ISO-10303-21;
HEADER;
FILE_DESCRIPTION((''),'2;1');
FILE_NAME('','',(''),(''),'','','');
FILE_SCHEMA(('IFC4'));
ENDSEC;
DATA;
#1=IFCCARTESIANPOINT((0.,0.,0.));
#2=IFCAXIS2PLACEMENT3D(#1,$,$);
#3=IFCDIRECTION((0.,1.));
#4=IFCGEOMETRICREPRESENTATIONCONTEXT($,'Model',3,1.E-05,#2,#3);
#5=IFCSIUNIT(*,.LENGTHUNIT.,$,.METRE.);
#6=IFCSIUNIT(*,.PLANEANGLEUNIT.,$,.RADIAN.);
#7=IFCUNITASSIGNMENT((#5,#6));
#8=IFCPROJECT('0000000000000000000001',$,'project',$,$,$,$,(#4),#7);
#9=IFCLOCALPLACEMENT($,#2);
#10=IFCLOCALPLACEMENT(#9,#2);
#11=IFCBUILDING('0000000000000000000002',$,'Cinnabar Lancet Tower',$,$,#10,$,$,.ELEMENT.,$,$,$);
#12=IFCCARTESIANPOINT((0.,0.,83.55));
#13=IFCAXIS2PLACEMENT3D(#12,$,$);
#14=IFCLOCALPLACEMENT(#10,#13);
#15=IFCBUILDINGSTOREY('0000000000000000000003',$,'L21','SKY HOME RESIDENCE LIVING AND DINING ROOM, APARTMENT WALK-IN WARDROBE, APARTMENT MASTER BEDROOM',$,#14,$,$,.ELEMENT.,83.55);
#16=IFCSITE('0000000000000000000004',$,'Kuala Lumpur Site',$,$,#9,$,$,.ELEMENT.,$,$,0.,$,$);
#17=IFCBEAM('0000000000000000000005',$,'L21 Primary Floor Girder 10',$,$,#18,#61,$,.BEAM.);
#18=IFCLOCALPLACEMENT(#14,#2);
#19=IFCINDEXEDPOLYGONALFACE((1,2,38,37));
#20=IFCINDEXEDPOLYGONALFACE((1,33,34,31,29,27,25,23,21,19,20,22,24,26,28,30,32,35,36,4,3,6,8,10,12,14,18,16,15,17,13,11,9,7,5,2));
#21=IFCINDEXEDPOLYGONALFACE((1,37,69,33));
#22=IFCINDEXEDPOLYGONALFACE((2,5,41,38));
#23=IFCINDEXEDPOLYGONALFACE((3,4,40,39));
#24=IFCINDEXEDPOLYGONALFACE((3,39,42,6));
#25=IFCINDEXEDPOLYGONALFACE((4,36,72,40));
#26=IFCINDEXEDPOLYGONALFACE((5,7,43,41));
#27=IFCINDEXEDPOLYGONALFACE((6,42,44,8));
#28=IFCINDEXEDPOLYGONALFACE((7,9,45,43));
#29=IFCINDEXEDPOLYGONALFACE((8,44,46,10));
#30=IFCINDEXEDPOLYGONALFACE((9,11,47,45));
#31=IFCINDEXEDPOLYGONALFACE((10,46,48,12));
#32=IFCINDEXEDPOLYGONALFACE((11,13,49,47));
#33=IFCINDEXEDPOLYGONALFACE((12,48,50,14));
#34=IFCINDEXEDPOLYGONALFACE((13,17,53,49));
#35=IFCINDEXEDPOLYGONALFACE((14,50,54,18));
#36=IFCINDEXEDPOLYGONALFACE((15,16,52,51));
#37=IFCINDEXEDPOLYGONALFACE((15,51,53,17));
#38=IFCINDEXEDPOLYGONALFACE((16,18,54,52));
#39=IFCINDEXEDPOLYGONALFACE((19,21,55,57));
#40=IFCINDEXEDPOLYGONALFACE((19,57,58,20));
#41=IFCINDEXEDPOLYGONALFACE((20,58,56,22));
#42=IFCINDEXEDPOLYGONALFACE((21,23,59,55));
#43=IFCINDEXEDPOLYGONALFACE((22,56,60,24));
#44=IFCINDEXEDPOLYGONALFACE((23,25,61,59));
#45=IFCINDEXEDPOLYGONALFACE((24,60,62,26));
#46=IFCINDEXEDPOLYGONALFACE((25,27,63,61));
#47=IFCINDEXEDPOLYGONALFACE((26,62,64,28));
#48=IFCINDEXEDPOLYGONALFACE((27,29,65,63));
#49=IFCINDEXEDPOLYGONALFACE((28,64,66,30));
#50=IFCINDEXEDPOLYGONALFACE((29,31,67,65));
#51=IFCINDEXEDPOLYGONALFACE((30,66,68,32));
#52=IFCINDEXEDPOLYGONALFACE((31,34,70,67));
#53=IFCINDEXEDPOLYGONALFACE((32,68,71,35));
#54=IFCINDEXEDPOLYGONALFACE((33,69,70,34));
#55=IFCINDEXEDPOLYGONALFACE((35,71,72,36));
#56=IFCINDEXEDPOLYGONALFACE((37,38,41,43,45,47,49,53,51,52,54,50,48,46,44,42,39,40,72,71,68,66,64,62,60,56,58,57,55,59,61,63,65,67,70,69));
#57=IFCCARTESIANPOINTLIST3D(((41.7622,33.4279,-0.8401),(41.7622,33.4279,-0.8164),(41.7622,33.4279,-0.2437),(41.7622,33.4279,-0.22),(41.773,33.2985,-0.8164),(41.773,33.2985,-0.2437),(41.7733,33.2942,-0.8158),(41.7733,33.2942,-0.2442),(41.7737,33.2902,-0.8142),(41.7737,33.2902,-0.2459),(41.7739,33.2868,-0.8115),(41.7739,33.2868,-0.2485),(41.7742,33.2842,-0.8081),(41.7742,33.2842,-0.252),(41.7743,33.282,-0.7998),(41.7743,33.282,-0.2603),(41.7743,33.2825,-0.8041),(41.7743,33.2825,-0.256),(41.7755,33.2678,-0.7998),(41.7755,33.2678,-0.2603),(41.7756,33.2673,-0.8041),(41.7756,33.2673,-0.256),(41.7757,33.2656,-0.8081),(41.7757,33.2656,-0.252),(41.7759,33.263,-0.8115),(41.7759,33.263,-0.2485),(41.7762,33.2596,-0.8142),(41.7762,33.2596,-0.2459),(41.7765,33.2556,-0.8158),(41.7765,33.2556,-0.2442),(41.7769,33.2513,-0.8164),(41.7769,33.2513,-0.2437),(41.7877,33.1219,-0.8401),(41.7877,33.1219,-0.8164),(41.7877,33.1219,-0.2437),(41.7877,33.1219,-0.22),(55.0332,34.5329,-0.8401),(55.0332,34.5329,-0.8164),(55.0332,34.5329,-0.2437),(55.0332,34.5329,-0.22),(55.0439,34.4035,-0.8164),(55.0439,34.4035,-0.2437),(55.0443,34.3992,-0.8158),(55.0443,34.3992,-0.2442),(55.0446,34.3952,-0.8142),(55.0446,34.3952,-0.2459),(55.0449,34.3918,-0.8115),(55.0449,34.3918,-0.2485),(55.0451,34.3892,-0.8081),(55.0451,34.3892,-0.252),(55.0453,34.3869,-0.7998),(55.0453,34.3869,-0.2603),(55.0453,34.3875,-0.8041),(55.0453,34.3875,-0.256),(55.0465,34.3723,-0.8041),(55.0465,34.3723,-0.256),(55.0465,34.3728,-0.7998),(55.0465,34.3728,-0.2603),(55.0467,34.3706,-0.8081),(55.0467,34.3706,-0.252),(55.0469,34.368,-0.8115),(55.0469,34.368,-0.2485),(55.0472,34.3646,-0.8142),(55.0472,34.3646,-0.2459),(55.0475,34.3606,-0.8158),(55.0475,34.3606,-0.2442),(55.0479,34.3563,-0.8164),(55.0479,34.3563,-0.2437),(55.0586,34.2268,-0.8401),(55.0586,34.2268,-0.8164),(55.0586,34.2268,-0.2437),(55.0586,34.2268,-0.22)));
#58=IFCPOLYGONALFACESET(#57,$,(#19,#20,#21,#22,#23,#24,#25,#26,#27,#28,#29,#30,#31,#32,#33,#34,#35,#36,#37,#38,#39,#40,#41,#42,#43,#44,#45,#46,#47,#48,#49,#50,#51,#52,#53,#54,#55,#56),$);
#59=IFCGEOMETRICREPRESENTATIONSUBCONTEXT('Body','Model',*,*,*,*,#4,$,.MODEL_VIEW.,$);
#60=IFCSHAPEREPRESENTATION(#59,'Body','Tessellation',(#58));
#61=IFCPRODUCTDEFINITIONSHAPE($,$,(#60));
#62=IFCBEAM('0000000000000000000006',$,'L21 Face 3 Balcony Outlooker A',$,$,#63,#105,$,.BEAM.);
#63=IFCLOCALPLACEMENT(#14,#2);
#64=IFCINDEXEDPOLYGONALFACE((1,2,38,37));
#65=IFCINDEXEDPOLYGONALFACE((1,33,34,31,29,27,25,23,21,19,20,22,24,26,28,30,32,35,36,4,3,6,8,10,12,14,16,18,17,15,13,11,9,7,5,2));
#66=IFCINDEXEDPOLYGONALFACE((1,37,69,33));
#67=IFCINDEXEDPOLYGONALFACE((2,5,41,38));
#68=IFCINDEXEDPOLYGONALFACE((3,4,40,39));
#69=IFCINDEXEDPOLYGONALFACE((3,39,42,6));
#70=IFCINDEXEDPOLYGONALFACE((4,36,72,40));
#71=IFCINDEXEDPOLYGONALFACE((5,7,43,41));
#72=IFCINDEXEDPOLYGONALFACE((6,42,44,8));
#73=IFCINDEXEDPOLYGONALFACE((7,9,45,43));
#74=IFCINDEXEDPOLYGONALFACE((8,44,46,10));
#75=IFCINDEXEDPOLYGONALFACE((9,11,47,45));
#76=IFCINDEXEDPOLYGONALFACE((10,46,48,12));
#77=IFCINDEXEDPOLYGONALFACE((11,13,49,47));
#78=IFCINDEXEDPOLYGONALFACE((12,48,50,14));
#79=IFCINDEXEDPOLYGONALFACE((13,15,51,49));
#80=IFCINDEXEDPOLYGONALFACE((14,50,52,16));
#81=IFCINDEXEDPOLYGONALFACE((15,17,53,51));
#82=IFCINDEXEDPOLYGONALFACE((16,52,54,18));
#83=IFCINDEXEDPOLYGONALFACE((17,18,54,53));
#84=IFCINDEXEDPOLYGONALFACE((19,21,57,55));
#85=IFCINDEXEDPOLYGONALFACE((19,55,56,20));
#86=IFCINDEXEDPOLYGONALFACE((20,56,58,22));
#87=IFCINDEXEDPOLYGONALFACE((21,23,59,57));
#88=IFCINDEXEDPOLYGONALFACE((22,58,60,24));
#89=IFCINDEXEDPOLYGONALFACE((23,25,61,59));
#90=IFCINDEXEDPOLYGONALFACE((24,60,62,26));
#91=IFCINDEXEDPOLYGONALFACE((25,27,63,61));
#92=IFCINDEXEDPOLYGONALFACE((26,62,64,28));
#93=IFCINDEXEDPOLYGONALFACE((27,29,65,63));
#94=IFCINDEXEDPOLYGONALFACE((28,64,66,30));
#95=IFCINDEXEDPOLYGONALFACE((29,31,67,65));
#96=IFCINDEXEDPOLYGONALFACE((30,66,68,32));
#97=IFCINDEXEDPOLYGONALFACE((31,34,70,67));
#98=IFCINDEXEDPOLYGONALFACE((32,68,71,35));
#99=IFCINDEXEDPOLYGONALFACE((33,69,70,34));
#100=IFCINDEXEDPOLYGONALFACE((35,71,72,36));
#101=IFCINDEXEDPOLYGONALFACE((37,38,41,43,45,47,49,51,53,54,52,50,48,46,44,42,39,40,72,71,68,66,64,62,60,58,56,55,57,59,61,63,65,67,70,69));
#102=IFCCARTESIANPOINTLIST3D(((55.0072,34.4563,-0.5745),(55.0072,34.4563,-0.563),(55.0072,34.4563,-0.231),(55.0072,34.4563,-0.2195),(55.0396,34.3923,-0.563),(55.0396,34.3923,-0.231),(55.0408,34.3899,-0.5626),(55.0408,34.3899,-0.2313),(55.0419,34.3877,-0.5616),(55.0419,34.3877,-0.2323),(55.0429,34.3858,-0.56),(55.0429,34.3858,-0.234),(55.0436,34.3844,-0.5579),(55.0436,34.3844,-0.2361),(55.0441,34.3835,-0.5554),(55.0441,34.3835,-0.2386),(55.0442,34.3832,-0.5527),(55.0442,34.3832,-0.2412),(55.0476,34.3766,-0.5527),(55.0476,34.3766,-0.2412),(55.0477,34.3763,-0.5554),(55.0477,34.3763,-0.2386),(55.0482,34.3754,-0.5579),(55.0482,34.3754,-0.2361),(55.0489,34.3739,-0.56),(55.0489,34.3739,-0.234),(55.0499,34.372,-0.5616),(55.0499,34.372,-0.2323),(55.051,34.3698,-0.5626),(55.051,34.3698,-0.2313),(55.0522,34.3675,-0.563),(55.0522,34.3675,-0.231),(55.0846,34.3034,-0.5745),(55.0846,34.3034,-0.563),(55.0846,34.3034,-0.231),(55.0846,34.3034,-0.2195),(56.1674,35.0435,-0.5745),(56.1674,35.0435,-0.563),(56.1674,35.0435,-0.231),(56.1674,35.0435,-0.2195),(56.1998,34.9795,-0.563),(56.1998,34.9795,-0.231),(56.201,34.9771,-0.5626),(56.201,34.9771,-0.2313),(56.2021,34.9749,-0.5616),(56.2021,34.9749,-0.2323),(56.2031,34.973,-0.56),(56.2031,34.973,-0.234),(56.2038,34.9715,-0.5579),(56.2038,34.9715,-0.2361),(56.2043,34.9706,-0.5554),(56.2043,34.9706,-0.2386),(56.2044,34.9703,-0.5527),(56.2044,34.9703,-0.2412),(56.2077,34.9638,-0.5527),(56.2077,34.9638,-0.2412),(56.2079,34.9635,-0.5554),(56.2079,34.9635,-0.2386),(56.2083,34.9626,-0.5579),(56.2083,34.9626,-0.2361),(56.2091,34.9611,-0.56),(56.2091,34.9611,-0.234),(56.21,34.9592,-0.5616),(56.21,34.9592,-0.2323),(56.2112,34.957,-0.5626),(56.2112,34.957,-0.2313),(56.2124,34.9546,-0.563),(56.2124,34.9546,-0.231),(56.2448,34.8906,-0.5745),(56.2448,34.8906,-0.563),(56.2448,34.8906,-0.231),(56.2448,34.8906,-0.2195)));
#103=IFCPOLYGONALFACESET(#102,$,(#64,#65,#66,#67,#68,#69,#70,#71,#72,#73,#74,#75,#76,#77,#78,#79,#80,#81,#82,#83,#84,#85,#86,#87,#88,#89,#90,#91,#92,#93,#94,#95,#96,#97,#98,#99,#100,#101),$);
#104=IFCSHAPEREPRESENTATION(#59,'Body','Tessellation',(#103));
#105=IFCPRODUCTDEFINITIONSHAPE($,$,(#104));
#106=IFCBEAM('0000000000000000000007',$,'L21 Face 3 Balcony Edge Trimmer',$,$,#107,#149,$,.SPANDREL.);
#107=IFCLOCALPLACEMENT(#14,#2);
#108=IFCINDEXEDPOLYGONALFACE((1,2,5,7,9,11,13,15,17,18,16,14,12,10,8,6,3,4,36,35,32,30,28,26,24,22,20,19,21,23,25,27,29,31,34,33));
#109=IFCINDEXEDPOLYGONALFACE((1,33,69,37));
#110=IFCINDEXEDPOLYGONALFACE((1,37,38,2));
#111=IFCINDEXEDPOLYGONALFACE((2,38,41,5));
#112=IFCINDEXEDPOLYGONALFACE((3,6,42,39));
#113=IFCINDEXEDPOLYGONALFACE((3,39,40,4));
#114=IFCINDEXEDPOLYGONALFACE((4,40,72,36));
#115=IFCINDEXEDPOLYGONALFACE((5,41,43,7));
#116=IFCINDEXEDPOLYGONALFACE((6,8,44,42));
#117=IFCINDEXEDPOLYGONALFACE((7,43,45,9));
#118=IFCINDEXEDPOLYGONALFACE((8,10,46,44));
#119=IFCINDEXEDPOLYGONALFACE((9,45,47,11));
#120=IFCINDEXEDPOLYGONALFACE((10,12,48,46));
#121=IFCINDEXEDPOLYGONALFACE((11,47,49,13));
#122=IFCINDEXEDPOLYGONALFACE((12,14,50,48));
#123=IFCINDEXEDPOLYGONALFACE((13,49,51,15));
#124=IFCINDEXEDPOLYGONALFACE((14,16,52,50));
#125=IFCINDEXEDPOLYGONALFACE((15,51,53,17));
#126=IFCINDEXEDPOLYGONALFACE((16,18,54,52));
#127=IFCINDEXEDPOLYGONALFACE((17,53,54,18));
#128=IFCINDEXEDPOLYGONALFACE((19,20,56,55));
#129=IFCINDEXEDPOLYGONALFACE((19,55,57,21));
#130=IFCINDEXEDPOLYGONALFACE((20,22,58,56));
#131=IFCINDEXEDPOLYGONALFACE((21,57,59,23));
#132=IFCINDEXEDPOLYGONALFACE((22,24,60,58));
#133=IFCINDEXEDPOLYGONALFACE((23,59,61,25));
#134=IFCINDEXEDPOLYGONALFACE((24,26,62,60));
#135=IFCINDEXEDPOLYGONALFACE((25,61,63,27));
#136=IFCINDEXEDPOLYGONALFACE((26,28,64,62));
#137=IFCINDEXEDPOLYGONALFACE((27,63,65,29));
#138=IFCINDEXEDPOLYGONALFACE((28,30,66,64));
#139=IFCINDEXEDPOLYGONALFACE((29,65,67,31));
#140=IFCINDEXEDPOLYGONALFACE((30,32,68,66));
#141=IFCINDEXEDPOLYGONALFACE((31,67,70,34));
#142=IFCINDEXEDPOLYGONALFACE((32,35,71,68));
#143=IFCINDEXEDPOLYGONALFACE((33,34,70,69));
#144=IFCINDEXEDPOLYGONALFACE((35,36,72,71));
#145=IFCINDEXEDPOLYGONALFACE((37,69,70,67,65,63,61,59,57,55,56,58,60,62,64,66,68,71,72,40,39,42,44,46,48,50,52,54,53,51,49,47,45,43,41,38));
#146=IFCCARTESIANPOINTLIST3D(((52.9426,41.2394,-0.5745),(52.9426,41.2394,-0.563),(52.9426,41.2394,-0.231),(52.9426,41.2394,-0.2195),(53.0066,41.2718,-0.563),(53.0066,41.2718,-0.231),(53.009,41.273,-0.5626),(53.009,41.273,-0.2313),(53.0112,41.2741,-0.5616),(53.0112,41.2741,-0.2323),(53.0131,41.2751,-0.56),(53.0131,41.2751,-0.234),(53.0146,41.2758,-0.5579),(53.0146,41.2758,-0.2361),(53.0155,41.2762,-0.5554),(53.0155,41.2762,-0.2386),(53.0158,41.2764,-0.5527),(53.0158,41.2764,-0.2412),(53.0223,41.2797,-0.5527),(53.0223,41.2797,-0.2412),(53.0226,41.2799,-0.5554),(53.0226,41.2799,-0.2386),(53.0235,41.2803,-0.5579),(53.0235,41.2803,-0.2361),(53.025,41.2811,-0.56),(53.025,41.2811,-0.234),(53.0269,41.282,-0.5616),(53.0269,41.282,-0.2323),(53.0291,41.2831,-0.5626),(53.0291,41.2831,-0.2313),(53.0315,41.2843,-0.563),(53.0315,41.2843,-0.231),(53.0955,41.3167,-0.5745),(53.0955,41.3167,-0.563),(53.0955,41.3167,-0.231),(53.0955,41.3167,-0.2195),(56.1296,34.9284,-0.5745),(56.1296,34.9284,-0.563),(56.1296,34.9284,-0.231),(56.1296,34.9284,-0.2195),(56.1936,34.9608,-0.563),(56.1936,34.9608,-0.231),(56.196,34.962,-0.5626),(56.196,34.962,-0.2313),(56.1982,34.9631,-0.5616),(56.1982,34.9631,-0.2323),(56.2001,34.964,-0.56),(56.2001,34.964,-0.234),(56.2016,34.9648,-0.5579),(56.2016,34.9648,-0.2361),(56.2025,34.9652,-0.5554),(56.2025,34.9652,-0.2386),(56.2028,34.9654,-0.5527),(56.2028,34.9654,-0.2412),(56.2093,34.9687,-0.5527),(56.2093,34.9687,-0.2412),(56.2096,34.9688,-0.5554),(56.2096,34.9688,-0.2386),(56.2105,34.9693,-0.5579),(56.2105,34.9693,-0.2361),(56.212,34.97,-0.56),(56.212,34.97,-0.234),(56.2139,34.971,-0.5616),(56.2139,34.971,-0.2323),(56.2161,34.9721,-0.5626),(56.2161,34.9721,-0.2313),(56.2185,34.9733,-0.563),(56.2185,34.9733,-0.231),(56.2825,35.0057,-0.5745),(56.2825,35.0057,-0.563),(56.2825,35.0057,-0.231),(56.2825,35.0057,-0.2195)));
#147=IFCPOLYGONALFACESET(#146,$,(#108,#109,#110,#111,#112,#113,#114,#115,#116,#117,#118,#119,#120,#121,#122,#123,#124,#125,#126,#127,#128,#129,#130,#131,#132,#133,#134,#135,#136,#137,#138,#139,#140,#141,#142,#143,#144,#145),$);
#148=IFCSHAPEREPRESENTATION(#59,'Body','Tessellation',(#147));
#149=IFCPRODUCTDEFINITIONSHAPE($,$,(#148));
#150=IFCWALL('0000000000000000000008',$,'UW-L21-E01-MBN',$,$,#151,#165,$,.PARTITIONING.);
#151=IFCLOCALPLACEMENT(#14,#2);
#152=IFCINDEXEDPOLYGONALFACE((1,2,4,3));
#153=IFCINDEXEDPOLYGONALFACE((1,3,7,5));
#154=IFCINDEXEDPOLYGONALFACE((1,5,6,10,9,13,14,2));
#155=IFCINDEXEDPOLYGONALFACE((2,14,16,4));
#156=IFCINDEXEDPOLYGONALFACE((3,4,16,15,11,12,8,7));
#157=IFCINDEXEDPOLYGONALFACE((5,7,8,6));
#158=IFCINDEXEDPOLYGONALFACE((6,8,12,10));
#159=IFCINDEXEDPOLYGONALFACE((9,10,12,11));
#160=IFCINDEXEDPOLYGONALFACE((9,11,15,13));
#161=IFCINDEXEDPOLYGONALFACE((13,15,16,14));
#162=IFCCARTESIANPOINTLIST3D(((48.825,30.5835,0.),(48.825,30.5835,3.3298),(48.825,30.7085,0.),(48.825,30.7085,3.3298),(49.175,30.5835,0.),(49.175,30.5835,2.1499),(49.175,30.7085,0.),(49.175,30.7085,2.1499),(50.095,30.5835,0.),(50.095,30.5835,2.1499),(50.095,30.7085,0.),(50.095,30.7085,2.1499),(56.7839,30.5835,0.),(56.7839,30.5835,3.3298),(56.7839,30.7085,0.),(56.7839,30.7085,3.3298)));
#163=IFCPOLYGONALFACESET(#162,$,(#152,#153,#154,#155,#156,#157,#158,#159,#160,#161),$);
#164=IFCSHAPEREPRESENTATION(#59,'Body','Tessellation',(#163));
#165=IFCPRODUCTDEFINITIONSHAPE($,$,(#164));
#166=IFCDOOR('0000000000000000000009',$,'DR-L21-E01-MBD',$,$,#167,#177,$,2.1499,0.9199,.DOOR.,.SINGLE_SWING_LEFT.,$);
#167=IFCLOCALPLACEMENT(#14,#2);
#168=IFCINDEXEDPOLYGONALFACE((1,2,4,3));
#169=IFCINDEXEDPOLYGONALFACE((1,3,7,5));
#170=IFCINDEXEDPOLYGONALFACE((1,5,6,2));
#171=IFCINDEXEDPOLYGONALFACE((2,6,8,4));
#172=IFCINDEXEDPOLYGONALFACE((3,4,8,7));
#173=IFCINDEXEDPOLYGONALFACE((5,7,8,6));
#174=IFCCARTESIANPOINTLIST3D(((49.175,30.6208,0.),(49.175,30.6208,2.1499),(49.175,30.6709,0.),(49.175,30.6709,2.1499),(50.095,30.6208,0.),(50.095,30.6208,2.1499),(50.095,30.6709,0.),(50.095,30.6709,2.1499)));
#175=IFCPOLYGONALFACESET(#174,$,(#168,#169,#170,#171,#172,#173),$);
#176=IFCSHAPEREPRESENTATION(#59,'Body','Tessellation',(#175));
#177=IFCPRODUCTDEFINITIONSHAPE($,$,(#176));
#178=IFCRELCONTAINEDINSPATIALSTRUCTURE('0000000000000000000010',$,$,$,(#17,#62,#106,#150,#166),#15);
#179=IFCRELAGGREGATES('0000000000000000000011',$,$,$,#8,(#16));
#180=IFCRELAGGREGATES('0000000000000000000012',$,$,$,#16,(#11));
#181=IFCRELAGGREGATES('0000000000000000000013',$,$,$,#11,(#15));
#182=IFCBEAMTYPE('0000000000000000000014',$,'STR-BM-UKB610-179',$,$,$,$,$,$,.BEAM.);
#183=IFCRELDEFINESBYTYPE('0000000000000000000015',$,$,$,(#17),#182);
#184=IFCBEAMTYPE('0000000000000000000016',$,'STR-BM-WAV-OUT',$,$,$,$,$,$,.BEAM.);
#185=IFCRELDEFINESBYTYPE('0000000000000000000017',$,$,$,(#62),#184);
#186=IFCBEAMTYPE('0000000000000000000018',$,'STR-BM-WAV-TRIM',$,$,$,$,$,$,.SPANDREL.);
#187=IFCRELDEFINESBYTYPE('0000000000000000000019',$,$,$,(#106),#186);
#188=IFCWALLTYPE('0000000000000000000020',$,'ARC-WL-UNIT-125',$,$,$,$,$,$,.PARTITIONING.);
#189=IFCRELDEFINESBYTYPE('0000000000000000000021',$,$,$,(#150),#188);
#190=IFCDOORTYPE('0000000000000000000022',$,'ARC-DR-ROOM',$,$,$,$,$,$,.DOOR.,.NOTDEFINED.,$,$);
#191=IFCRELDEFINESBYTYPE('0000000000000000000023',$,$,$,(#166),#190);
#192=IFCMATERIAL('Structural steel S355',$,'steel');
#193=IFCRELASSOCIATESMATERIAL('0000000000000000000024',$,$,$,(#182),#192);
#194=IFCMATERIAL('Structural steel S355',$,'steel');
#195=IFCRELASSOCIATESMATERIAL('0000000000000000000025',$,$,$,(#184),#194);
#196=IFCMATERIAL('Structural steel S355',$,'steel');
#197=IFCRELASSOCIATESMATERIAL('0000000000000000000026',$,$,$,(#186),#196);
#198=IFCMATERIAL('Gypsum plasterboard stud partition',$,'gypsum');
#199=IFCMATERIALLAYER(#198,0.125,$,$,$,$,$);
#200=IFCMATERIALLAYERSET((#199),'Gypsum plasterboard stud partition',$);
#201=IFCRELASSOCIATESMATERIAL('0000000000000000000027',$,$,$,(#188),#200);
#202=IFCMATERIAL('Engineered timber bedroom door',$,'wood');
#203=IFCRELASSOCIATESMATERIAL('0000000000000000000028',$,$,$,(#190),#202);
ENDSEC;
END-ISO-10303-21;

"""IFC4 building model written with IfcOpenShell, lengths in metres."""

from ifc_helpers import new_model, si_unit, direction, frame, frame_2d, origin, origin_2d, place, context, subcontext, project, spatial, rectangle, i_section, extrude, material, layer, layer_set, material_profile, profile_set, type_object, element, fill, save


model = new_model("IFC4")

# Units and contexts
model_context = context("Model", 3, precision=1e-05, world=origin(), true_north=direction((0.0, 1.0)))
body_context = subcontext(model_context, "Body", "Model", "MODEL_VIEW")
ifc_project = project(units=[si_unit("LENGTHUNIT", "METRE"), si_unit("PLANEANGLEUNIT", "RADIAN")], contexts=[model_context])

# Site, building, storey
site_placement = place(None, origin())
site = spatial("IfcSite", under=ifc_project, at=site_placement, Name="Kuala Lumpur Site", CompositionType="ELEMENT", RefElevation=0.0)
building_placement = place(site_placement, origin())
building = spatial("IfcBuilding", under=site, at=building_placement, Name="Cinnabar Lancet Tower", CompositionType="ELEMENT")
storey_placement = place(building_placement, frame((0.0, 0.0, 83.55)))
storey = spatial("IfcBuildingStorey", under=building, at=storey_placement, Name="L21", Description="SKY HOME RESIDENCE LIVING AND DINING ROOM, APARTMENT WALK-IN WARDROBE, APARTMENT MASTER BEDROOM", CompositionType="ELEMENT", Elevation=83.55)

# Beams
ifc_material_1 = material(Name="Structural steel S355", Category="steel")
ifc_material_profile_1 = material_profile(ifc_material_1, i_section(OverallWidth=0.3071, OverallDepth=0.6201, WebThickness=0.0142, FlangeThickness=0.0237, FilletRadius=0.0166, at=origin_2d()), Name="UKB 610x305x179")
ifc_profile_set_1 = profile_set([ifc_material_profile_1], Name="Structural steel S355")
beam_type_1 = type_object("IfcBeamType", Name="STR-BM-UKB610-179", PredefinedType="BEAM", material=ifc_profile_set_1)
beam_1_placement = place(storey_placement, frame((55.0459, 34.3799, -0.53), z_axis=(-0.996552, -0.082976, 0.0), x_axis=(0.082976, -0.996552, 0.0)))
element("IfcBeam", 1, at=beam_1_placement, inside=storey, type_object=beam_type_1, Name="L21 Primary Floor Girder 10", PredefinedType="BEAM", context=body_context, shape_type="SweptSolid", body=[
    extrude(i_section(OverallWidth=0.3071, OverallDepth=0.6201, WebThickness=0.0142, FlangeThickness=0.0237, FilletRadius=0.0166, at=origin_2d()), origin(), (0.0, 0.0, 1.0), 13.3169),
])
ifc_material_2 = material(Name="Structural steel S355", Category="steel")
ifc_material_profile_2 = material_profile(ifc_material_2, i_section(OverallWidth=0.1714, OverallDepth=0.355, WebThickness=0.0073, FlangeThickness=0.0115, FilletRadius=0.0103, at=origin_2d()), Name="UKB 356x171x51")
ifc_profile_set_2 = profile_set([ifc_material_profile_2], Name="Structural steel S355")
beam_type_2 = type_object("IfcBeamType", Name="STR-BM-WAV-OUT", PredefinedType="BEAM", material=ifc_profile_set_2)
beam_2_placement = place(storey_placement, frame((55.0459, 34.3799, -0.397), z_axis=(0.892239, 0.451564, 0.0), x_axis=(-0.451564, 0.892239, 0.0)))
element("IfcBeam", 2, at=beam_2_placement, inside=storey, type_object=beam_type_2, Name="L21 Face 3 Balcony Outlooker A", PredefinedType="BEAM", context=body_context, shape_type="SweptSolid", body=[
    extrude(i_section(OverallWidth=0.1714, OverallDepth=0.355, WebThickness=0.0073, FlangeThickness=0.0115, FilletRadius=0.0103, at=origin_2d()), origin(), (0.0, 0.0, 1.0), 1.3003),
])
ifc_material_3 = material(Name="Structural steel S355", Category="steel")
ifc_material_profile_3 = material_profile(ifc_material_3, i_section(OverallWidth=0.1714, OverallDepth=0.355, WebThickness=0.0073, FlangeThickness=0.0115, FilletRadius=0.0103, at=origin_2d()), Name="UKB 356x171x51")
ifc_profile_set_3 = profile_set([ifc_material_profile_3], Name="Structural steel S355")
beam_type_3 = type_object("IfcBeamType", Name="STR-BM-WAV-TRIM", PredefinedType="SPANDREL", material=ifc_profile_set_3)
beam_3_placement = place(storey_placement, frame((56.2061, 34.967, -0.397), z_axis=(-0.450774, 0.892638, 0.0), x_axis=(-0.892638, -0.450774, 0.0)))
element("IfcBeam", 3, at=beam_3_placement, inside=storey, type_object=beam_type_3, Name="L21 Face 3 Balcony Edge Trimmer", PredefinedType="SPANDREL", context=body_context, shape_type="SweptSolid", body=[
    extrude(i_section(OverallWidth=0.1714, OverallDepth=0.355, WebThickness=0.0073, FlangeThickness=0.0115, FilletRadius=0.0103, at=origin_2d()), origin(), (0.0, 0.0, 1.0), 7.0701),
])

# Wall, opening, door
ifc_material_4 = material(Name="Gypsum plasterboard stud partition", Category="gypsum")
ifc_layer_1 = layer(ifc_material_4, 0.125)
ifc_layer_set_1 = layer_set([ifc_layer_1], Name="Gypsum plasterboard stud partition")
wall_type_1 = type_object("IfcWallType", Name="ARC-WL-UNIT-125", PredefinedType="PARTITIONING", material=ifc_layer_set_1)
wall_1_placement = place(storey_placement, frame((48.825, 30.646, 0.0), z_axis=(0.0, 0.0, 1.0), x_axis=(1.0, 0.0, 0.0)))
wall_1 = element("IfcWall", 4, at=wall_1_placement, inside=storey, type_object=wall_type_1, Name="UW-L21-E01-MBN", PredefinedType="PARTITIONING", context=body_context, shape_type="SweptSolid", body=[
    extrude(rectangle(XDim=7.959, YDim=0.125, at=frame_2d((3.9795, 0.0))), origin(), (0.0, 0.0, 1.0), 3.3298),
])
opening_1_placement = place(wall_1_placement, frame((0.3501, 0.0, 0.0)))
opening_1 = element("IfcOpeningElement", 5, at=opening_1_placement, cuts=wall_1, PredefinedType="OPENING", context=body_context, shape_type="SweptSolid", body=[
    extrude(rectangle(XDim=0.9199, YDim=2.1499, at=frame_2d((0.46, 1.075))), frame((0.0, 0.0725, 0.0), z_axis=(0.0, -1.0, 0.0), x_axis=(1.0, 0.0, 0.0)), (0.0, 0.0, 1.0), 0.145),
])
ifc_material_5 = material(Name="Engineered timber bedroom door", Category="wood")
door_type_1 = type_object("IfcDoorType", Name="ARC-DR-ROOM", OperationType="NOTDEFINED", PredefinedType="DOOR", material=ifc_material_5)
door_1_placement = place(opening_1_placement, origin())
door_1 = element("IfcDoor", 6, at=door_1_placement, inside=storey, type_object=door_type_1, Name="DR-L21-E01-MBD", OperationType="SINGLE_SWING_LEFT", OverallHeight=2.1499, OverallWidth=0.9199, PredefinedType="DOOR", context=body_context, shape_type="SweptSolid", body=[
    extrude(rectangle(XDim=0.9199, YDim=2.1499, at=frame_2d((0.46, 1.075))), frame((0.0, 0.0249, 0.0), z_axis=(0.0, -1.0, 0.0), x_axis=(1.0, 0.0, 0.0)), (0.0, 0.0, 1.0), 0.05),
])
fill(opening_1, door_1)

save(model, "model.ifc")
